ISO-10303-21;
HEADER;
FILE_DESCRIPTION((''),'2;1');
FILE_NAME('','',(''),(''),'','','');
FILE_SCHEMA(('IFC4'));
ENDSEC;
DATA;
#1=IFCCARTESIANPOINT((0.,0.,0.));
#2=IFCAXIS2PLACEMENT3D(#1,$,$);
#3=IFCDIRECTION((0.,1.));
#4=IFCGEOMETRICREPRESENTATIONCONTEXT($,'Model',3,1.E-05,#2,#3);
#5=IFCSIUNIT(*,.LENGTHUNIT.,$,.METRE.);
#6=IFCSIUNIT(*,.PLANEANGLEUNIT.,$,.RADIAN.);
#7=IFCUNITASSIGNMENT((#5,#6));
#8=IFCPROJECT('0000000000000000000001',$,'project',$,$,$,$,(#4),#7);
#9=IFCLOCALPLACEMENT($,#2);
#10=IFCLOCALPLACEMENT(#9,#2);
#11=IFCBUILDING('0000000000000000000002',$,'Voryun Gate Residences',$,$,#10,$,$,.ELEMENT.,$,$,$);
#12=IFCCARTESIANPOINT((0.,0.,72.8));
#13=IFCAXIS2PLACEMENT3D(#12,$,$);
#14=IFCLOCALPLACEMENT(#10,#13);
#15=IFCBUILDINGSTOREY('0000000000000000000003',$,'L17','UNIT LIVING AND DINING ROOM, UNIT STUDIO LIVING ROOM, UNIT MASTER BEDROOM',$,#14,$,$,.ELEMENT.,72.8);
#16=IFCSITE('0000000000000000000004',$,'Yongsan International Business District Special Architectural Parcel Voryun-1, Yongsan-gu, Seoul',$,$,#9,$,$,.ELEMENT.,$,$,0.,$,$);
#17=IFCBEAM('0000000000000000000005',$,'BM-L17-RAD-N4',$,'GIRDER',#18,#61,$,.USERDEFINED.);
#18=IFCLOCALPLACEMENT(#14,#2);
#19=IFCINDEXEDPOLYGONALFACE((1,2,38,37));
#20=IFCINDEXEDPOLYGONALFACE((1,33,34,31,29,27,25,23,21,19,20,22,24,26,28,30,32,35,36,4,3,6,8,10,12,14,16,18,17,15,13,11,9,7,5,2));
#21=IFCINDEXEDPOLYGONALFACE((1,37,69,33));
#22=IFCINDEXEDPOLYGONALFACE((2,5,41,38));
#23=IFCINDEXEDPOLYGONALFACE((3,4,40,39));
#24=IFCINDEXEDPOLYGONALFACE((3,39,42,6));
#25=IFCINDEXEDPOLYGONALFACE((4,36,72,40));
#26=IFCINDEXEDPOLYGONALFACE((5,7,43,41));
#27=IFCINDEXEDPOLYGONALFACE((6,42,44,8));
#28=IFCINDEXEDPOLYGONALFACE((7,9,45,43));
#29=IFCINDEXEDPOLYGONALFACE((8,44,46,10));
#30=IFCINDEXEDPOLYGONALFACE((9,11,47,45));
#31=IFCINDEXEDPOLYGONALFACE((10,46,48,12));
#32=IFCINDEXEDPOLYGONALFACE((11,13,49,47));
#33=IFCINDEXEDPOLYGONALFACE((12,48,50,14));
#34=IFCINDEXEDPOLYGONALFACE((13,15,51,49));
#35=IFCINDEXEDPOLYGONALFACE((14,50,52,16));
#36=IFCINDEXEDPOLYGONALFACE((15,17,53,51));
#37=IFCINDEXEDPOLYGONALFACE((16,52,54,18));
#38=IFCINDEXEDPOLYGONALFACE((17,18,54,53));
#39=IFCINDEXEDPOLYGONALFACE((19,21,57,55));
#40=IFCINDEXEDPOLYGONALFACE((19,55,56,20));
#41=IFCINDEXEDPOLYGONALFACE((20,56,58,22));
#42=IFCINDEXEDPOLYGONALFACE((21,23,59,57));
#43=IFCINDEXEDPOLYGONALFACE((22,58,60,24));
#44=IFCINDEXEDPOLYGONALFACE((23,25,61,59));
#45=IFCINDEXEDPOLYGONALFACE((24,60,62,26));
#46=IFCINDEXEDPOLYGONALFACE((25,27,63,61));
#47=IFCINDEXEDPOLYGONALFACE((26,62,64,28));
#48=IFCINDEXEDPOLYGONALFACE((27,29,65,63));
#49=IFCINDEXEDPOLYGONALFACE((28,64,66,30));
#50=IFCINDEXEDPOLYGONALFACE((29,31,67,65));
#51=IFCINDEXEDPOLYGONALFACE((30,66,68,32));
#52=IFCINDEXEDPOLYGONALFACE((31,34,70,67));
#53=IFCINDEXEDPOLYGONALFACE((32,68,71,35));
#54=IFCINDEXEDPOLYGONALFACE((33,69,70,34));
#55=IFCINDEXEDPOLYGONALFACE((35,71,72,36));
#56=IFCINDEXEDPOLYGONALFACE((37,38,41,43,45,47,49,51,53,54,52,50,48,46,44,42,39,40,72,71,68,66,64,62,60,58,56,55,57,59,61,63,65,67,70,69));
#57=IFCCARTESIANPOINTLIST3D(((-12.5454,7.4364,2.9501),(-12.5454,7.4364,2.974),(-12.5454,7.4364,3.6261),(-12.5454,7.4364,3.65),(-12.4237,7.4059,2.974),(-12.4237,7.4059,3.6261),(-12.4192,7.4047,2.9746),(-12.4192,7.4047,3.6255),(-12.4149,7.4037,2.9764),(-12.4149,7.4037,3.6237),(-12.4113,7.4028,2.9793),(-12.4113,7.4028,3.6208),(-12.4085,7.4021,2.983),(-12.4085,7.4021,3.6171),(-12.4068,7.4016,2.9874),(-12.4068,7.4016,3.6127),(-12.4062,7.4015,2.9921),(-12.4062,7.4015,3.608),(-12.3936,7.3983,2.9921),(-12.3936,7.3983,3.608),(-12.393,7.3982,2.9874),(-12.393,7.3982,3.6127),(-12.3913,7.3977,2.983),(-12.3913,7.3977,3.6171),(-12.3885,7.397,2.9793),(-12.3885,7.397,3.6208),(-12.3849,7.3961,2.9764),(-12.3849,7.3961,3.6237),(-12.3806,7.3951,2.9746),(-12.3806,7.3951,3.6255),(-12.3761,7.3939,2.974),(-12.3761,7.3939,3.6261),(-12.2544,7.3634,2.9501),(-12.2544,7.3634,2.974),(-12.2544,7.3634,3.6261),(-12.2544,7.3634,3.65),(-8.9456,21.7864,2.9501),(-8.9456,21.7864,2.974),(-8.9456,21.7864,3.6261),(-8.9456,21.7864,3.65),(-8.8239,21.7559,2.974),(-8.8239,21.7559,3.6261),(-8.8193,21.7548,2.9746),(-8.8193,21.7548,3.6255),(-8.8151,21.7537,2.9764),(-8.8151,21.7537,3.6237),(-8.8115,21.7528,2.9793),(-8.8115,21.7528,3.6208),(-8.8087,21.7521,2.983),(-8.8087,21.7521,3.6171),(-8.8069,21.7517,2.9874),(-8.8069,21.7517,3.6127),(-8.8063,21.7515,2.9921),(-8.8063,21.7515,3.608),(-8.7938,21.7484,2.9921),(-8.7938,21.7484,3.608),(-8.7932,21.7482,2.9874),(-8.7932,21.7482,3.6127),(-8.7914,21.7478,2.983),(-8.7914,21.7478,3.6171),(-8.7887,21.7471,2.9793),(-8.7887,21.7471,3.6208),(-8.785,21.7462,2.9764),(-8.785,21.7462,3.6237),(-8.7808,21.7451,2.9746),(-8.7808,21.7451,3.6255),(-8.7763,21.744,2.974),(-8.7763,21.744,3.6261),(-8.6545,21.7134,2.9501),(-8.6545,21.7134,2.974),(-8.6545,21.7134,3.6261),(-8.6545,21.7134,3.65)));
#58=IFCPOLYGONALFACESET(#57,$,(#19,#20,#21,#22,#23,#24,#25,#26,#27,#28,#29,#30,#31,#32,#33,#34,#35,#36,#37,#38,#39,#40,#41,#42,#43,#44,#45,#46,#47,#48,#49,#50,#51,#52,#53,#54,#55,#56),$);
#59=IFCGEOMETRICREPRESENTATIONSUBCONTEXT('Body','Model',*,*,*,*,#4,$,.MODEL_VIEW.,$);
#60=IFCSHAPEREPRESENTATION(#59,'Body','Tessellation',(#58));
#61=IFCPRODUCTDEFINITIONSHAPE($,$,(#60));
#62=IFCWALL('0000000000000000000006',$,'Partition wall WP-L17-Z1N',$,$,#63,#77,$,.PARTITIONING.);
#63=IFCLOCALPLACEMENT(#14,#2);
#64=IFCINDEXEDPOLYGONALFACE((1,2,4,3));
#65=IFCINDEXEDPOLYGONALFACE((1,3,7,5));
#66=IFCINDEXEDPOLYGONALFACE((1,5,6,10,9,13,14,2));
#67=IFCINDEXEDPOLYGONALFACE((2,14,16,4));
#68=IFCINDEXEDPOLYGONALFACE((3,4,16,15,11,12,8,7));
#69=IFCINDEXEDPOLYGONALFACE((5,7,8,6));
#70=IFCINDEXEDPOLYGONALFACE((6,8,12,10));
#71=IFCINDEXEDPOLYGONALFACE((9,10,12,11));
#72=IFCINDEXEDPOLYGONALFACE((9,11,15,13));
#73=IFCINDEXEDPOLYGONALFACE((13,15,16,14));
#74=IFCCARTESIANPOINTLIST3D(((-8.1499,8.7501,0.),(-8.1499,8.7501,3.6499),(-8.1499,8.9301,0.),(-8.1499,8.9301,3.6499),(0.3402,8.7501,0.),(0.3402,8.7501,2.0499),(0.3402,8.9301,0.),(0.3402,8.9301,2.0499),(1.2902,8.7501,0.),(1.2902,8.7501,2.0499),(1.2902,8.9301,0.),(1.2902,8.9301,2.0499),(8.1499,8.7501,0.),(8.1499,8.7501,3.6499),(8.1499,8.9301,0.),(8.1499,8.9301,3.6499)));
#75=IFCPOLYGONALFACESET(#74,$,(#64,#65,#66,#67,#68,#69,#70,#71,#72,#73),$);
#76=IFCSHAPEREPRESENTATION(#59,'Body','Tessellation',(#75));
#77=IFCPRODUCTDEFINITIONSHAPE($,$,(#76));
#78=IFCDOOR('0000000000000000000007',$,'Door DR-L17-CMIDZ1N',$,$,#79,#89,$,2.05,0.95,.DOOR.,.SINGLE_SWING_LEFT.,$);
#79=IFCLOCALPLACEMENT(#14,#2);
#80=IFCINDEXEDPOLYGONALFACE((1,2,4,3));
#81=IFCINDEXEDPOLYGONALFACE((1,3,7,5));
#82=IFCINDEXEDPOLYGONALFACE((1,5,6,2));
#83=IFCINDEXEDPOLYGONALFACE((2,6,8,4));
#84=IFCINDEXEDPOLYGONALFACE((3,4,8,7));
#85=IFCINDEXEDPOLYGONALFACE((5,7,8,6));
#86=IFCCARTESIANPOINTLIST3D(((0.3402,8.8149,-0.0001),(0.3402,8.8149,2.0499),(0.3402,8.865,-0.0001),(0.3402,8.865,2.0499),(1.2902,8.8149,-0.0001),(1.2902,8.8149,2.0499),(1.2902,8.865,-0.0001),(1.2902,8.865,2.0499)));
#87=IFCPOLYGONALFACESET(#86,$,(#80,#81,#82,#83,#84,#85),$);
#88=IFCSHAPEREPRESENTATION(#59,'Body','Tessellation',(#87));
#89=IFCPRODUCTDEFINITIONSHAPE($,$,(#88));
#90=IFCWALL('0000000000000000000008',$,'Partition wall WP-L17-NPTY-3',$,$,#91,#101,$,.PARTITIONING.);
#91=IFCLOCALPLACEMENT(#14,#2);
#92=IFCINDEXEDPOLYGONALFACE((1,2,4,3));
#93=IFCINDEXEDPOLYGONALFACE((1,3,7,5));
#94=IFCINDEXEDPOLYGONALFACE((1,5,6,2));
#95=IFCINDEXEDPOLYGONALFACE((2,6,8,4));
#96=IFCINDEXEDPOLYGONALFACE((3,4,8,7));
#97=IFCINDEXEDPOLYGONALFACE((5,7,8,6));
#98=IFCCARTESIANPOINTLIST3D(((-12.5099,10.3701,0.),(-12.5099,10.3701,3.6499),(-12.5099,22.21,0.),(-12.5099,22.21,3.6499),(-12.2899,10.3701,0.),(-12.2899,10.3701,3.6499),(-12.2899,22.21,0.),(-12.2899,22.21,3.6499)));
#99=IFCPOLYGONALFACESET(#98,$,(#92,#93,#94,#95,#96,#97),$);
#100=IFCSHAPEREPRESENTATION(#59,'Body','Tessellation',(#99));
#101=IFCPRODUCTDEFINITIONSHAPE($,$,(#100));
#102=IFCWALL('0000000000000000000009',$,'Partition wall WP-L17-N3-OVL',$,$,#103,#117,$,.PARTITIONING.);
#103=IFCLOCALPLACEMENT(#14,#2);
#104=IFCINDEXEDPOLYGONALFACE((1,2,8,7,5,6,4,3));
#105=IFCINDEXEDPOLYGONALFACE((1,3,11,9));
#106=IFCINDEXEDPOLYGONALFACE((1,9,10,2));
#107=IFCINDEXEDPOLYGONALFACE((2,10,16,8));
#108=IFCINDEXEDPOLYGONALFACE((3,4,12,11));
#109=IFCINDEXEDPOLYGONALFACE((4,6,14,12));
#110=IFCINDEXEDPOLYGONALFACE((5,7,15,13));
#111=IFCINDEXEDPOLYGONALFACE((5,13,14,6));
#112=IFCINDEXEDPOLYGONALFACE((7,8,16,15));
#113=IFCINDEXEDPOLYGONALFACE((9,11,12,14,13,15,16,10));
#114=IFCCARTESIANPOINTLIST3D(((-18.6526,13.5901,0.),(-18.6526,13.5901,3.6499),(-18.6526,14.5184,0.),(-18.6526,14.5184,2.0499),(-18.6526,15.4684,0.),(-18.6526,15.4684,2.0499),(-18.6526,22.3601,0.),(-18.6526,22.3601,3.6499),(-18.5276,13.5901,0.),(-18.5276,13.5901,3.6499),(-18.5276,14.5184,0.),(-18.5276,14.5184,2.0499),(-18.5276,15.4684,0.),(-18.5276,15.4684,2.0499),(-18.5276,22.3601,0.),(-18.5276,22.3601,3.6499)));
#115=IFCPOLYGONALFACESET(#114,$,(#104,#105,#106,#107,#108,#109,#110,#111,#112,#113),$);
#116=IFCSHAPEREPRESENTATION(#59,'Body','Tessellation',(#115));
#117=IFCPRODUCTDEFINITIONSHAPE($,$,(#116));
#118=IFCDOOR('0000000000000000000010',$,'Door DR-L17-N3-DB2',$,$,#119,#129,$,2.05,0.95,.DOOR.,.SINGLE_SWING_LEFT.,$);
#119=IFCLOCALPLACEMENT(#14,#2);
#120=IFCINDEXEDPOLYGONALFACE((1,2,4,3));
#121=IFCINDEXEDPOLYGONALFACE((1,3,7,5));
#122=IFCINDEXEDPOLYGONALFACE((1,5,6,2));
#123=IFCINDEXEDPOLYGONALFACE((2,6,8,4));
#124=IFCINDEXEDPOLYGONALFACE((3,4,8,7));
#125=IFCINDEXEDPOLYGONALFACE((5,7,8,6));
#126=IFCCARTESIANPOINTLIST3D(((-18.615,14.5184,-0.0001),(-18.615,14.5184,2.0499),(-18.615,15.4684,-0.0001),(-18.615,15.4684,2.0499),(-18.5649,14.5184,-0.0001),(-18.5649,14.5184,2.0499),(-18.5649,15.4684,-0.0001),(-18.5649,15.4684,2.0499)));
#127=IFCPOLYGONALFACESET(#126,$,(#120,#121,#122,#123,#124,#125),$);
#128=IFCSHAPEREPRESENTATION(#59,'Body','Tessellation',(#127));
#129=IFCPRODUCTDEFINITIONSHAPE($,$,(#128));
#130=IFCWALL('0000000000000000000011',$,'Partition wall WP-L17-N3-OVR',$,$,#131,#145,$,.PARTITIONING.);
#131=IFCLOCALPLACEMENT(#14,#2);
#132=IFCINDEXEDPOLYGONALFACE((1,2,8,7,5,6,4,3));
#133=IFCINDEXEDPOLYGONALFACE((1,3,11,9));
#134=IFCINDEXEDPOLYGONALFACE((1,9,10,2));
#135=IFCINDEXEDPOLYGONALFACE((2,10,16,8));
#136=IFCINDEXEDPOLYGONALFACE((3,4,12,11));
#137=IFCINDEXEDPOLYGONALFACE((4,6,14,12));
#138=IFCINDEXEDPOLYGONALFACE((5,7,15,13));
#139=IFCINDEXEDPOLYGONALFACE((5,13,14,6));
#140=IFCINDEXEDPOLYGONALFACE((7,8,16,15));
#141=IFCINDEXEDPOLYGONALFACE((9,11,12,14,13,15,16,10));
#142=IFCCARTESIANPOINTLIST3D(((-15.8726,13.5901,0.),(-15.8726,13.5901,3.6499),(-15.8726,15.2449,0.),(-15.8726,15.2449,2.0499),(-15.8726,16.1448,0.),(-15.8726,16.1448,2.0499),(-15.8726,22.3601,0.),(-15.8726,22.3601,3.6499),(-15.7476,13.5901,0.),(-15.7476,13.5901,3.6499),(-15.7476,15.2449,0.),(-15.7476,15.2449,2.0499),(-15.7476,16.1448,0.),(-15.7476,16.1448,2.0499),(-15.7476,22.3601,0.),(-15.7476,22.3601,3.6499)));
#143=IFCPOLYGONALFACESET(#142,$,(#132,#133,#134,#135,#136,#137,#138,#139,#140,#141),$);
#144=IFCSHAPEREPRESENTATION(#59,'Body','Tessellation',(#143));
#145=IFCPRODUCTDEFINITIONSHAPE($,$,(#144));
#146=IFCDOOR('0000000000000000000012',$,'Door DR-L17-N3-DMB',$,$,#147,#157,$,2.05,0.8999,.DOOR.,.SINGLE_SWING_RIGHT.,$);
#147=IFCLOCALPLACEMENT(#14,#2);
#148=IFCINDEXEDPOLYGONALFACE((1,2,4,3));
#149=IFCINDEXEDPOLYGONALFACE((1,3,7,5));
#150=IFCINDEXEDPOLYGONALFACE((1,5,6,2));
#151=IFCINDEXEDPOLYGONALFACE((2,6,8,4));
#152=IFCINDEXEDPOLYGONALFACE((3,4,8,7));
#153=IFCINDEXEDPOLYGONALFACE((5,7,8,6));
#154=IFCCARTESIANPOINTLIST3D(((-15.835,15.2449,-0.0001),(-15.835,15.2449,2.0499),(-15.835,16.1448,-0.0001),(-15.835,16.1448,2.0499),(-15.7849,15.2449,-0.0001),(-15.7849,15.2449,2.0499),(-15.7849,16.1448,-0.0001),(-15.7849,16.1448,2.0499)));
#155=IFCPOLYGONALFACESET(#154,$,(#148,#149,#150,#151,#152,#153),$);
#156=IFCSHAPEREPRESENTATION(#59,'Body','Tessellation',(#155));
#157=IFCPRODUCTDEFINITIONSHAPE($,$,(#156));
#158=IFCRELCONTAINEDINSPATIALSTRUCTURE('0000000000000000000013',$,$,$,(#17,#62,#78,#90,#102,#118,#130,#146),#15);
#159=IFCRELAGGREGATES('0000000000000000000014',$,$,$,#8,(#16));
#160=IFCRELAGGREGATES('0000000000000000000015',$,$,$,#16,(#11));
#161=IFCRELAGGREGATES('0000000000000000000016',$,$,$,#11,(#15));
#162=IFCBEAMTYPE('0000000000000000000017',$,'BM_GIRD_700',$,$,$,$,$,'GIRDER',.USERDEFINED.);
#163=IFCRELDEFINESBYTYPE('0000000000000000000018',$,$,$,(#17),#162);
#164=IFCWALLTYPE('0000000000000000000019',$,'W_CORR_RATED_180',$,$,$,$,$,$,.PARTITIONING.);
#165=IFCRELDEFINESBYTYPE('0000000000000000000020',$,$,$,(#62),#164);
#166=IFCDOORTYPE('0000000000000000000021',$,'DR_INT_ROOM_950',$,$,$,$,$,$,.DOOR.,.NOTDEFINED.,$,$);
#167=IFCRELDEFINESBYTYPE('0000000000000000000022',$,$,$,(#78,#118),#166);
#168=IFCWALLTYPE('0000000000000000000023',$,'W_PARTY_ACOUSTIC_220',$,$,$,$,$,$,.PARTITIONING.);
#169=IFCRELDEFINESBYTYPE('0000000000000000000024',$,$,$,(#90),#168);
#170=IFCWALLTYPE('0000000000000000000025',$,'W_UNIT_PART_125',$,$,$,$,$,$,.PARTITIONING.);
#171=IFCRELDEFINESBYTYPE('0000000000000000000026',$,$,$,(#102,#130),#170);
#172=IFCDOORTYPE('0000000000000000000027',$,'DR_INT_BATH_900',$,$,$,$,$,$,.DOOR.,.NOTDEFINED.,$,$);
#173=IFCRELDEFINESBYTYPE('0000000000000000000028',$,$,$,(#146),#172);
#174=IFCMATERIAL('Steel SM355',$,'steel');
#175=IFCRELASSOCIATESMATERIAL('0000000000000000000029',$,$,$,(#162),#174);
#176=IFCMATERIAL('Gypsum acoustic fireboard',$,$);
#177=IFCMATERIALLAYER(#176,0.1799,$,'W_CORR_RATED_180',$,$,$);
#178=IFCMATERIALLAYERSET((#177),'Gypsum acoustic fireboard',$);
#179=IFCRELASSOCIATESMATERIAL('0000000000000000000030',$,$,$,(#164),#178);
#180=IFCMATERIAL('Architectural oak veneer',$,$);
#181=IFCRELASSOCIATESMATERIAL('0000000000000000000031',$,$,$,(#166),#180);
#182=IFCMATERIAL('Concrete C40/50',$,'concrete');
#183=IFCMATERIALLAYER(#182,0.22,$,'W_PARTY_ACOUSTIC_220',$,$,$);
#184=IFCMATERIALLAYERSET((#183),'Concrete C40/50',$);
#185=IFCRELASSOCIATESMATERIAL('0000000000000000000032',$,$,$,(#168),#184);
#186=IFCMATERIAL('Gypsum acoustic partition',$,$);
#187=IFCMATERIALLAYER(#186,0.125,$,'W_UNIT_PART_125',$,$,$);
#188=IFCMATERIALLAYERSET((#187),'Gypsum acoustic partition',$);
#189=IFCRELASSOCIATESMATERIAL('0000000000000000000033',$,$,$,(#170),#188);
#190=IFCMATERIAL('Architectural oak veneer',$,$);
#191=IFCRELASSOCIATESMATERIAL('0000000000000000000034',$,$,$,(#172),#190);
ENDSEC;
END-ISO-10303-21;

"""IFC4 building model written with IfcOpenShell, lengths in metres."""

from ifc_helpers import new_model, si_unit, direction, frame, frame_2d, origin, origin_2d, place, context, subcontext, project, spatial, rectangle, i_section, extrude, material, layer, layer_set, material_profile, profile_set, type_object, element, fill, save


model = new_model("IFC4")

# Units and contexts
model_context = context("Model", 3, precision=1e-05, world=origin(), true_north=direction((0.0, 1.0)))
body_context = subcontext(model_context, "Body", "Model", "MODEL_VIEW")
ifc_project = project(units=[si_unit("LENGTHUNIT", "METRE"), si_unit("PLANEANGLEUNIT", "RADIAN")], contexts=[model_context])

# Site, building, storey
site_placement = place(None, origin())
site = spatial("IfcSite", under=ifc_project, at=site_placement, Name="Yongsan International Business District Special Architectural Parcel Voryun-1, Yongsan-gu, Seoul", CompositionType="ELEMENT", RefElevation=0.0)
building_placement = place(site_placement, origin())
building = spatial("IfcBuilding", under=site, at=building_placement, Name="Voryun Gate Residences", CompositionType="ELEMENT")
storey_placement = place(building_placement, frame((0.0, 0.0, 72.8)))
storey = spatial("IfcBuildingStorey", under=building, at=storey_placement, Name="L17", Description="UNIT LIVING AND DINING ROOM, UNIT STUDIO LIVING ROOM, UNIT MASTER BEDROOM", CompositionType="ELEMENT", Elevation=72.8)

# Beam
ifc_material_1 = material(Name="Steel SM355", Category="steel")
ifc_material_profile_1 = material_profile(ifc_material_1, i_section(OverallWidth=0.3, OverallDepth=0.7, WebThickness=0.0129, FlangeThickness=0.0239, FilletRadius=0.0181, at=origin_2d()), Name="H-700x300x13x24")
ifc_profile_set_1 = profile_set([ifc_material_profile_1], Name="Steel SM355")
beam_type_1 = type_object("IfcBeamType", Name="BM_GIRD_700", ElementType="GIRDER", PredefinedType="USERDEFINED", material=ifc_profile_set_1)
beam_1_placement = place(storey_placement, frame((-12.3999, 7.3999, 3.3), z_axis=(0.24332, 0.969946, 0.0), x_axis=(-0.969946, 0.24332, 0.0)))
element("IfcBeam", 1, at=beam_1_placement, inside=storey, type_object=beam_type_1, Name="BM-L17-RAD-N4", ObjectType="GIRDER", PredefinedType="USERDEFINED", context=body_context, shape_type="SweptSolid", body=[
    extrude(i_section(OverallWidth=0.3, OverallDepth=0.7, WebThickness=0.0129, FlangeThickness=0.0239, FilletRadius=0.0181, at=origin_2d()), origin(), (0.0, 0.0, 1.0), 14.7947),
])

# Wall, opening, door
ifc_material_2 = material(Name="Gypsum acoustic fireboard")
ifc_layer_1 = layer(ifc_material_2, 0.1799, Name="W_CORR_RATED_180")
ifc_layer_set_1 = layer_set([ifc_layer_1], Name="Gypsum acoustic fireboard")
wall_type_1 = type_object("IfcWallType", Name="W_CORR_RATED_180", PredefinedType="PARTITIONING", material=ifc_layer_set_1)
wall_1_placement = place(storey_placement, frame((-8.1499, 8.8401, 0.0), z_axis=(0.0, 0.0, 1.0), x_axis=(1.0, 0.0, 0.0)))
wall_1 = element("IfcWall", 2, at=wall_1_placement, inside=storey, type_object=wall_type_1, Name="Partition wall WP-L17-Z1N", PredefinedType="PARTITIONING", context=body_context, shape_type="SweptSolid", body=[
    extrude(rectangle(XDim=16.2998, YDim=0.1799, at=frame_2d((8.1499, 0.0))), origin(), (0.0, 0.0, 1.0), 3.6499),
])
opening_1_placement = place(wall_1_placement, frame((8.49, 0.0, 0.0)))
opening_1 = element("IfcOpeningElement", 3, at=opening_1_placement, cuts=wall_1, PredefinedType="OPENING", context=body_context, shape_type="SweptSolid", body=[
    extrude(rectangle(XDim=0.95, YDim=2.05, at=frame_2d((0.4751, 1.0249))), frame((0.0, 0.0999, 0.0), z_axis=(0.0, -1.0, 0.0), x_axis=(1.0, 0.0, 0.0)), (0.0, 0.0, 1.0), 0.2),
])
ifc_material_3 = material(Name="Architectural oak veneer")
door_type_1 = type_object("IfcDoorType", Name="DR_INT_ROOM_950", OperationType="NOTDEFINED", PredefinedType="DOOR", material=ifc_material_3)
door_1_placement = place(opening_1_placement, origin())
door_1 = element("IfcDoor", 4, at=door_1_placement, inside=storey, type_object=door_type_1, Name="Door DR-L17-CMIDZ1N", OperationType="SINGLE_SWING_LEFT", OverallHeight=2.05, OverallWidth=0.95, PredefinedType="DOOR", context=body_context, shape_type="SweptSolid", body=[
    extrude(rectangle(XDim=0.95, YDim=2.05, at=frame_2d((0.4751, 1.0249))), frame((0.0, 0.0249, 0.0), z_axis=(0.0, -1.0, 0.0), x_axis=(1.0, 0.0, 0.0)), (0.0, 0.0, 1.0), 0.05),
])
fill(opening_1, door_1)

# Wall
ifc_material_4 = material(Name="Concrete C40/50", Category="concrete")
ifc_layer_2 = layer(ifc_material_4, 0.22, Name="W_PARTY_ACOUSTIC_220")
ifc_layer_set_2 = layer_set([ifc_layer_2], Name="Concrete C40/50")
wall_type_2 = type_object("IfcWallType", Name="W_PARTY_ACOUSTIC_220", PredefinedType="PARTITIONING", material=ifc_layer_set_2)
wall_2_placement = place(storey_placement, frame((-12.3999, 10.3701, 0.0), z_axis=(0.0, 0.0, 1.0), x_axis=(0.0, 1.0, 0.0)))
element("IfcWall", 5, at=wall_2_placement, inside=storey, type_object=wall_type_2, Name="Partition wall WP-L17-NPTY-3", PredefinedType="PARTITIONING", context=body_context, shape_type="SweptSolid", body=[
    extrude(rectangle(XDim=11.8398, YDim=0.22, at=frame_2d((5.9199, 0.0))), origin(), (0.0, 0.0, 1.0), 3.6499),
])

# Walls, openings, doors
ifc_material_5 = material(Name="Gypsum acoustic partition")
ifc_layer_3 = layer(ifc_material_5, 0.125, Name="W_UNIT_PART_125")
ifc_layer_set_3 = layer_set([ifc_layer_3], Name="Gypsum acoustic partition")
wall_type_3 = type_object("IfcWallType", Name="W_UNIT_PART_125", PredefinedType="PARTITIONING", material=ifc_layer_set_3)
wall_3_placement = place(storey_placement, frame((-18.5901, 13.5901, 0.0), z_axis=(0.0, 0.0, 1.0), x_axis=(0.0, 1.0, 0.0)))
wall_3 = element("IfcWall", 6, at=wall_3_placement, inside=storey, type_object=wall_type_3, Name="Partition wall WP-L17-N3-OVL", PredefinedType="PARTITIONING", context=body_context, shape_type="SweptSolid", body=[
    extrude(rectangle(XDim=8.77, YDim=0.125, at=frame_2d((4.385, 0.0))), origin(), (0.0, 0.0, 1.0), 3.6499),
])
opening_2_placement = place(wall_3_placement, frame((0.9282, 0.0, 0.0)))
opening_2 = element("IfcOpeningElement", 7, at=opening_2_placement, cuts=wall_3, PredefinedType="OPENING", context=body_context, shape_type="SweptSolid", body=[
    extrude(rectangle(XDim=0.95, YDim=2.05, at=frame_2d((0.4751, 1.0249))), frame((0.0, 0.0725, 0.0), z_axis=(0.0, -1.0, 0.0), x_axis=(1.0, 0.0, 0.0)), (0.0, 0.0, 1.0), 0.145),
])
door_2_placement = place(opening_2_placement, origin())
door_2 = element("IfcDoor", 8, at=door_2_placement, inside=storey, type_object=door_type_1, Name="Door DR-L17-N3-DB2", OperationType="SINGLE_SWING_LEFT", OverallHeight=2.05, OverallWidth=0.95, PredefinedType="DOOR", context=body_context, shape_type="SweptSolid", body=[
    extrude(rectangle(XDim=0.95, YDim=2.05, at=frame_2d((0.4751, 1.0249))), frame((0.0, 0.0249, 0.0), z_axis=(0.0, -1.0, 0.0), x_axis=(1.0, 0.0, 0.0)), (0.0, 0.0, 1.0), 0.05),
])
fill(opening_2, door_2)
wall_4_placement = place(storey_placement, frame((-15.8101, 13.5901, 0.0), z_axis=(0.0, 0.0, 1.0), x_axis=(0.0, 1.0, 0.0)))
wall_4 = element("IfcWall", 9, at=wall_4_placement, inside=storey, type_object=wall_type_3, Name="Partition wall WP-L17-N3-OVR", PredefinedType="PARTITIONING", context=body_context, shape_type="SweptSolid", body=[
    extrude(rectangle(XDim=8.77, YDim=0.125, at=frame_2d((4.385, 0.0))), origin(), (0.0, 0.0, 1.0), 3.6499),
])
opening_3_placement = place(wall_4_placement, frame((1.6548, 0.0, 0.0)))
opening_3 = element("IfcOpeningElement", 10, at=opening_3_placement, cuts=wall_4, PredefinedType="OPENING", context=body_context, shape_type="SweptSolid", body=[
    extrude(rectangle(XDim=0.8999, YDim=2.05, at=frame_2d((0.45, 1.0249))), frame((0.0, 0.0725, 0.0), z_axis=(0.0, -1.0, 0.0), x_axis=(1.0, 0.0, 0.0)), (0.0, 0.0, 1.0), 0.145),
])
ifc_material_6 = material(Name="Architectural oak veneer")
door_type_2 = type_object("IfcDoorType", Name="DR_INT_BATH_900", OperationType="NOTDEFINED", PredefinedType="DOOR", material=ifc_material_6)
door_3_placement = place(opening_3_placement, origin())
door_3 = element("IfcDoor", 11, at=door_3_placement, inside=storey, type_object=door_type_2, Name="Door DR-L17-N3-DMB", OperationType="SINGLE_SWING_RIGHT", OverallHeight=2.05, OverallWidth=0.8999, PredefinedType="DOOR", context=body_context, shape_type="SweptSolid", body=[
    extrude(rectangle(XDim=0.8999, YDim=2.05, at=frame_2d((0.45, 1.0249))), frame((0.0, 0.0249, 0.0), z_axis=(0.0, -1.0, 0.0), x_axis=(1.0, 0.0, 0.0)), (0.0, 0.0, 1.0), 0.05),
])
fill(opening_3, door_3)

save(model, "model.ifc")
